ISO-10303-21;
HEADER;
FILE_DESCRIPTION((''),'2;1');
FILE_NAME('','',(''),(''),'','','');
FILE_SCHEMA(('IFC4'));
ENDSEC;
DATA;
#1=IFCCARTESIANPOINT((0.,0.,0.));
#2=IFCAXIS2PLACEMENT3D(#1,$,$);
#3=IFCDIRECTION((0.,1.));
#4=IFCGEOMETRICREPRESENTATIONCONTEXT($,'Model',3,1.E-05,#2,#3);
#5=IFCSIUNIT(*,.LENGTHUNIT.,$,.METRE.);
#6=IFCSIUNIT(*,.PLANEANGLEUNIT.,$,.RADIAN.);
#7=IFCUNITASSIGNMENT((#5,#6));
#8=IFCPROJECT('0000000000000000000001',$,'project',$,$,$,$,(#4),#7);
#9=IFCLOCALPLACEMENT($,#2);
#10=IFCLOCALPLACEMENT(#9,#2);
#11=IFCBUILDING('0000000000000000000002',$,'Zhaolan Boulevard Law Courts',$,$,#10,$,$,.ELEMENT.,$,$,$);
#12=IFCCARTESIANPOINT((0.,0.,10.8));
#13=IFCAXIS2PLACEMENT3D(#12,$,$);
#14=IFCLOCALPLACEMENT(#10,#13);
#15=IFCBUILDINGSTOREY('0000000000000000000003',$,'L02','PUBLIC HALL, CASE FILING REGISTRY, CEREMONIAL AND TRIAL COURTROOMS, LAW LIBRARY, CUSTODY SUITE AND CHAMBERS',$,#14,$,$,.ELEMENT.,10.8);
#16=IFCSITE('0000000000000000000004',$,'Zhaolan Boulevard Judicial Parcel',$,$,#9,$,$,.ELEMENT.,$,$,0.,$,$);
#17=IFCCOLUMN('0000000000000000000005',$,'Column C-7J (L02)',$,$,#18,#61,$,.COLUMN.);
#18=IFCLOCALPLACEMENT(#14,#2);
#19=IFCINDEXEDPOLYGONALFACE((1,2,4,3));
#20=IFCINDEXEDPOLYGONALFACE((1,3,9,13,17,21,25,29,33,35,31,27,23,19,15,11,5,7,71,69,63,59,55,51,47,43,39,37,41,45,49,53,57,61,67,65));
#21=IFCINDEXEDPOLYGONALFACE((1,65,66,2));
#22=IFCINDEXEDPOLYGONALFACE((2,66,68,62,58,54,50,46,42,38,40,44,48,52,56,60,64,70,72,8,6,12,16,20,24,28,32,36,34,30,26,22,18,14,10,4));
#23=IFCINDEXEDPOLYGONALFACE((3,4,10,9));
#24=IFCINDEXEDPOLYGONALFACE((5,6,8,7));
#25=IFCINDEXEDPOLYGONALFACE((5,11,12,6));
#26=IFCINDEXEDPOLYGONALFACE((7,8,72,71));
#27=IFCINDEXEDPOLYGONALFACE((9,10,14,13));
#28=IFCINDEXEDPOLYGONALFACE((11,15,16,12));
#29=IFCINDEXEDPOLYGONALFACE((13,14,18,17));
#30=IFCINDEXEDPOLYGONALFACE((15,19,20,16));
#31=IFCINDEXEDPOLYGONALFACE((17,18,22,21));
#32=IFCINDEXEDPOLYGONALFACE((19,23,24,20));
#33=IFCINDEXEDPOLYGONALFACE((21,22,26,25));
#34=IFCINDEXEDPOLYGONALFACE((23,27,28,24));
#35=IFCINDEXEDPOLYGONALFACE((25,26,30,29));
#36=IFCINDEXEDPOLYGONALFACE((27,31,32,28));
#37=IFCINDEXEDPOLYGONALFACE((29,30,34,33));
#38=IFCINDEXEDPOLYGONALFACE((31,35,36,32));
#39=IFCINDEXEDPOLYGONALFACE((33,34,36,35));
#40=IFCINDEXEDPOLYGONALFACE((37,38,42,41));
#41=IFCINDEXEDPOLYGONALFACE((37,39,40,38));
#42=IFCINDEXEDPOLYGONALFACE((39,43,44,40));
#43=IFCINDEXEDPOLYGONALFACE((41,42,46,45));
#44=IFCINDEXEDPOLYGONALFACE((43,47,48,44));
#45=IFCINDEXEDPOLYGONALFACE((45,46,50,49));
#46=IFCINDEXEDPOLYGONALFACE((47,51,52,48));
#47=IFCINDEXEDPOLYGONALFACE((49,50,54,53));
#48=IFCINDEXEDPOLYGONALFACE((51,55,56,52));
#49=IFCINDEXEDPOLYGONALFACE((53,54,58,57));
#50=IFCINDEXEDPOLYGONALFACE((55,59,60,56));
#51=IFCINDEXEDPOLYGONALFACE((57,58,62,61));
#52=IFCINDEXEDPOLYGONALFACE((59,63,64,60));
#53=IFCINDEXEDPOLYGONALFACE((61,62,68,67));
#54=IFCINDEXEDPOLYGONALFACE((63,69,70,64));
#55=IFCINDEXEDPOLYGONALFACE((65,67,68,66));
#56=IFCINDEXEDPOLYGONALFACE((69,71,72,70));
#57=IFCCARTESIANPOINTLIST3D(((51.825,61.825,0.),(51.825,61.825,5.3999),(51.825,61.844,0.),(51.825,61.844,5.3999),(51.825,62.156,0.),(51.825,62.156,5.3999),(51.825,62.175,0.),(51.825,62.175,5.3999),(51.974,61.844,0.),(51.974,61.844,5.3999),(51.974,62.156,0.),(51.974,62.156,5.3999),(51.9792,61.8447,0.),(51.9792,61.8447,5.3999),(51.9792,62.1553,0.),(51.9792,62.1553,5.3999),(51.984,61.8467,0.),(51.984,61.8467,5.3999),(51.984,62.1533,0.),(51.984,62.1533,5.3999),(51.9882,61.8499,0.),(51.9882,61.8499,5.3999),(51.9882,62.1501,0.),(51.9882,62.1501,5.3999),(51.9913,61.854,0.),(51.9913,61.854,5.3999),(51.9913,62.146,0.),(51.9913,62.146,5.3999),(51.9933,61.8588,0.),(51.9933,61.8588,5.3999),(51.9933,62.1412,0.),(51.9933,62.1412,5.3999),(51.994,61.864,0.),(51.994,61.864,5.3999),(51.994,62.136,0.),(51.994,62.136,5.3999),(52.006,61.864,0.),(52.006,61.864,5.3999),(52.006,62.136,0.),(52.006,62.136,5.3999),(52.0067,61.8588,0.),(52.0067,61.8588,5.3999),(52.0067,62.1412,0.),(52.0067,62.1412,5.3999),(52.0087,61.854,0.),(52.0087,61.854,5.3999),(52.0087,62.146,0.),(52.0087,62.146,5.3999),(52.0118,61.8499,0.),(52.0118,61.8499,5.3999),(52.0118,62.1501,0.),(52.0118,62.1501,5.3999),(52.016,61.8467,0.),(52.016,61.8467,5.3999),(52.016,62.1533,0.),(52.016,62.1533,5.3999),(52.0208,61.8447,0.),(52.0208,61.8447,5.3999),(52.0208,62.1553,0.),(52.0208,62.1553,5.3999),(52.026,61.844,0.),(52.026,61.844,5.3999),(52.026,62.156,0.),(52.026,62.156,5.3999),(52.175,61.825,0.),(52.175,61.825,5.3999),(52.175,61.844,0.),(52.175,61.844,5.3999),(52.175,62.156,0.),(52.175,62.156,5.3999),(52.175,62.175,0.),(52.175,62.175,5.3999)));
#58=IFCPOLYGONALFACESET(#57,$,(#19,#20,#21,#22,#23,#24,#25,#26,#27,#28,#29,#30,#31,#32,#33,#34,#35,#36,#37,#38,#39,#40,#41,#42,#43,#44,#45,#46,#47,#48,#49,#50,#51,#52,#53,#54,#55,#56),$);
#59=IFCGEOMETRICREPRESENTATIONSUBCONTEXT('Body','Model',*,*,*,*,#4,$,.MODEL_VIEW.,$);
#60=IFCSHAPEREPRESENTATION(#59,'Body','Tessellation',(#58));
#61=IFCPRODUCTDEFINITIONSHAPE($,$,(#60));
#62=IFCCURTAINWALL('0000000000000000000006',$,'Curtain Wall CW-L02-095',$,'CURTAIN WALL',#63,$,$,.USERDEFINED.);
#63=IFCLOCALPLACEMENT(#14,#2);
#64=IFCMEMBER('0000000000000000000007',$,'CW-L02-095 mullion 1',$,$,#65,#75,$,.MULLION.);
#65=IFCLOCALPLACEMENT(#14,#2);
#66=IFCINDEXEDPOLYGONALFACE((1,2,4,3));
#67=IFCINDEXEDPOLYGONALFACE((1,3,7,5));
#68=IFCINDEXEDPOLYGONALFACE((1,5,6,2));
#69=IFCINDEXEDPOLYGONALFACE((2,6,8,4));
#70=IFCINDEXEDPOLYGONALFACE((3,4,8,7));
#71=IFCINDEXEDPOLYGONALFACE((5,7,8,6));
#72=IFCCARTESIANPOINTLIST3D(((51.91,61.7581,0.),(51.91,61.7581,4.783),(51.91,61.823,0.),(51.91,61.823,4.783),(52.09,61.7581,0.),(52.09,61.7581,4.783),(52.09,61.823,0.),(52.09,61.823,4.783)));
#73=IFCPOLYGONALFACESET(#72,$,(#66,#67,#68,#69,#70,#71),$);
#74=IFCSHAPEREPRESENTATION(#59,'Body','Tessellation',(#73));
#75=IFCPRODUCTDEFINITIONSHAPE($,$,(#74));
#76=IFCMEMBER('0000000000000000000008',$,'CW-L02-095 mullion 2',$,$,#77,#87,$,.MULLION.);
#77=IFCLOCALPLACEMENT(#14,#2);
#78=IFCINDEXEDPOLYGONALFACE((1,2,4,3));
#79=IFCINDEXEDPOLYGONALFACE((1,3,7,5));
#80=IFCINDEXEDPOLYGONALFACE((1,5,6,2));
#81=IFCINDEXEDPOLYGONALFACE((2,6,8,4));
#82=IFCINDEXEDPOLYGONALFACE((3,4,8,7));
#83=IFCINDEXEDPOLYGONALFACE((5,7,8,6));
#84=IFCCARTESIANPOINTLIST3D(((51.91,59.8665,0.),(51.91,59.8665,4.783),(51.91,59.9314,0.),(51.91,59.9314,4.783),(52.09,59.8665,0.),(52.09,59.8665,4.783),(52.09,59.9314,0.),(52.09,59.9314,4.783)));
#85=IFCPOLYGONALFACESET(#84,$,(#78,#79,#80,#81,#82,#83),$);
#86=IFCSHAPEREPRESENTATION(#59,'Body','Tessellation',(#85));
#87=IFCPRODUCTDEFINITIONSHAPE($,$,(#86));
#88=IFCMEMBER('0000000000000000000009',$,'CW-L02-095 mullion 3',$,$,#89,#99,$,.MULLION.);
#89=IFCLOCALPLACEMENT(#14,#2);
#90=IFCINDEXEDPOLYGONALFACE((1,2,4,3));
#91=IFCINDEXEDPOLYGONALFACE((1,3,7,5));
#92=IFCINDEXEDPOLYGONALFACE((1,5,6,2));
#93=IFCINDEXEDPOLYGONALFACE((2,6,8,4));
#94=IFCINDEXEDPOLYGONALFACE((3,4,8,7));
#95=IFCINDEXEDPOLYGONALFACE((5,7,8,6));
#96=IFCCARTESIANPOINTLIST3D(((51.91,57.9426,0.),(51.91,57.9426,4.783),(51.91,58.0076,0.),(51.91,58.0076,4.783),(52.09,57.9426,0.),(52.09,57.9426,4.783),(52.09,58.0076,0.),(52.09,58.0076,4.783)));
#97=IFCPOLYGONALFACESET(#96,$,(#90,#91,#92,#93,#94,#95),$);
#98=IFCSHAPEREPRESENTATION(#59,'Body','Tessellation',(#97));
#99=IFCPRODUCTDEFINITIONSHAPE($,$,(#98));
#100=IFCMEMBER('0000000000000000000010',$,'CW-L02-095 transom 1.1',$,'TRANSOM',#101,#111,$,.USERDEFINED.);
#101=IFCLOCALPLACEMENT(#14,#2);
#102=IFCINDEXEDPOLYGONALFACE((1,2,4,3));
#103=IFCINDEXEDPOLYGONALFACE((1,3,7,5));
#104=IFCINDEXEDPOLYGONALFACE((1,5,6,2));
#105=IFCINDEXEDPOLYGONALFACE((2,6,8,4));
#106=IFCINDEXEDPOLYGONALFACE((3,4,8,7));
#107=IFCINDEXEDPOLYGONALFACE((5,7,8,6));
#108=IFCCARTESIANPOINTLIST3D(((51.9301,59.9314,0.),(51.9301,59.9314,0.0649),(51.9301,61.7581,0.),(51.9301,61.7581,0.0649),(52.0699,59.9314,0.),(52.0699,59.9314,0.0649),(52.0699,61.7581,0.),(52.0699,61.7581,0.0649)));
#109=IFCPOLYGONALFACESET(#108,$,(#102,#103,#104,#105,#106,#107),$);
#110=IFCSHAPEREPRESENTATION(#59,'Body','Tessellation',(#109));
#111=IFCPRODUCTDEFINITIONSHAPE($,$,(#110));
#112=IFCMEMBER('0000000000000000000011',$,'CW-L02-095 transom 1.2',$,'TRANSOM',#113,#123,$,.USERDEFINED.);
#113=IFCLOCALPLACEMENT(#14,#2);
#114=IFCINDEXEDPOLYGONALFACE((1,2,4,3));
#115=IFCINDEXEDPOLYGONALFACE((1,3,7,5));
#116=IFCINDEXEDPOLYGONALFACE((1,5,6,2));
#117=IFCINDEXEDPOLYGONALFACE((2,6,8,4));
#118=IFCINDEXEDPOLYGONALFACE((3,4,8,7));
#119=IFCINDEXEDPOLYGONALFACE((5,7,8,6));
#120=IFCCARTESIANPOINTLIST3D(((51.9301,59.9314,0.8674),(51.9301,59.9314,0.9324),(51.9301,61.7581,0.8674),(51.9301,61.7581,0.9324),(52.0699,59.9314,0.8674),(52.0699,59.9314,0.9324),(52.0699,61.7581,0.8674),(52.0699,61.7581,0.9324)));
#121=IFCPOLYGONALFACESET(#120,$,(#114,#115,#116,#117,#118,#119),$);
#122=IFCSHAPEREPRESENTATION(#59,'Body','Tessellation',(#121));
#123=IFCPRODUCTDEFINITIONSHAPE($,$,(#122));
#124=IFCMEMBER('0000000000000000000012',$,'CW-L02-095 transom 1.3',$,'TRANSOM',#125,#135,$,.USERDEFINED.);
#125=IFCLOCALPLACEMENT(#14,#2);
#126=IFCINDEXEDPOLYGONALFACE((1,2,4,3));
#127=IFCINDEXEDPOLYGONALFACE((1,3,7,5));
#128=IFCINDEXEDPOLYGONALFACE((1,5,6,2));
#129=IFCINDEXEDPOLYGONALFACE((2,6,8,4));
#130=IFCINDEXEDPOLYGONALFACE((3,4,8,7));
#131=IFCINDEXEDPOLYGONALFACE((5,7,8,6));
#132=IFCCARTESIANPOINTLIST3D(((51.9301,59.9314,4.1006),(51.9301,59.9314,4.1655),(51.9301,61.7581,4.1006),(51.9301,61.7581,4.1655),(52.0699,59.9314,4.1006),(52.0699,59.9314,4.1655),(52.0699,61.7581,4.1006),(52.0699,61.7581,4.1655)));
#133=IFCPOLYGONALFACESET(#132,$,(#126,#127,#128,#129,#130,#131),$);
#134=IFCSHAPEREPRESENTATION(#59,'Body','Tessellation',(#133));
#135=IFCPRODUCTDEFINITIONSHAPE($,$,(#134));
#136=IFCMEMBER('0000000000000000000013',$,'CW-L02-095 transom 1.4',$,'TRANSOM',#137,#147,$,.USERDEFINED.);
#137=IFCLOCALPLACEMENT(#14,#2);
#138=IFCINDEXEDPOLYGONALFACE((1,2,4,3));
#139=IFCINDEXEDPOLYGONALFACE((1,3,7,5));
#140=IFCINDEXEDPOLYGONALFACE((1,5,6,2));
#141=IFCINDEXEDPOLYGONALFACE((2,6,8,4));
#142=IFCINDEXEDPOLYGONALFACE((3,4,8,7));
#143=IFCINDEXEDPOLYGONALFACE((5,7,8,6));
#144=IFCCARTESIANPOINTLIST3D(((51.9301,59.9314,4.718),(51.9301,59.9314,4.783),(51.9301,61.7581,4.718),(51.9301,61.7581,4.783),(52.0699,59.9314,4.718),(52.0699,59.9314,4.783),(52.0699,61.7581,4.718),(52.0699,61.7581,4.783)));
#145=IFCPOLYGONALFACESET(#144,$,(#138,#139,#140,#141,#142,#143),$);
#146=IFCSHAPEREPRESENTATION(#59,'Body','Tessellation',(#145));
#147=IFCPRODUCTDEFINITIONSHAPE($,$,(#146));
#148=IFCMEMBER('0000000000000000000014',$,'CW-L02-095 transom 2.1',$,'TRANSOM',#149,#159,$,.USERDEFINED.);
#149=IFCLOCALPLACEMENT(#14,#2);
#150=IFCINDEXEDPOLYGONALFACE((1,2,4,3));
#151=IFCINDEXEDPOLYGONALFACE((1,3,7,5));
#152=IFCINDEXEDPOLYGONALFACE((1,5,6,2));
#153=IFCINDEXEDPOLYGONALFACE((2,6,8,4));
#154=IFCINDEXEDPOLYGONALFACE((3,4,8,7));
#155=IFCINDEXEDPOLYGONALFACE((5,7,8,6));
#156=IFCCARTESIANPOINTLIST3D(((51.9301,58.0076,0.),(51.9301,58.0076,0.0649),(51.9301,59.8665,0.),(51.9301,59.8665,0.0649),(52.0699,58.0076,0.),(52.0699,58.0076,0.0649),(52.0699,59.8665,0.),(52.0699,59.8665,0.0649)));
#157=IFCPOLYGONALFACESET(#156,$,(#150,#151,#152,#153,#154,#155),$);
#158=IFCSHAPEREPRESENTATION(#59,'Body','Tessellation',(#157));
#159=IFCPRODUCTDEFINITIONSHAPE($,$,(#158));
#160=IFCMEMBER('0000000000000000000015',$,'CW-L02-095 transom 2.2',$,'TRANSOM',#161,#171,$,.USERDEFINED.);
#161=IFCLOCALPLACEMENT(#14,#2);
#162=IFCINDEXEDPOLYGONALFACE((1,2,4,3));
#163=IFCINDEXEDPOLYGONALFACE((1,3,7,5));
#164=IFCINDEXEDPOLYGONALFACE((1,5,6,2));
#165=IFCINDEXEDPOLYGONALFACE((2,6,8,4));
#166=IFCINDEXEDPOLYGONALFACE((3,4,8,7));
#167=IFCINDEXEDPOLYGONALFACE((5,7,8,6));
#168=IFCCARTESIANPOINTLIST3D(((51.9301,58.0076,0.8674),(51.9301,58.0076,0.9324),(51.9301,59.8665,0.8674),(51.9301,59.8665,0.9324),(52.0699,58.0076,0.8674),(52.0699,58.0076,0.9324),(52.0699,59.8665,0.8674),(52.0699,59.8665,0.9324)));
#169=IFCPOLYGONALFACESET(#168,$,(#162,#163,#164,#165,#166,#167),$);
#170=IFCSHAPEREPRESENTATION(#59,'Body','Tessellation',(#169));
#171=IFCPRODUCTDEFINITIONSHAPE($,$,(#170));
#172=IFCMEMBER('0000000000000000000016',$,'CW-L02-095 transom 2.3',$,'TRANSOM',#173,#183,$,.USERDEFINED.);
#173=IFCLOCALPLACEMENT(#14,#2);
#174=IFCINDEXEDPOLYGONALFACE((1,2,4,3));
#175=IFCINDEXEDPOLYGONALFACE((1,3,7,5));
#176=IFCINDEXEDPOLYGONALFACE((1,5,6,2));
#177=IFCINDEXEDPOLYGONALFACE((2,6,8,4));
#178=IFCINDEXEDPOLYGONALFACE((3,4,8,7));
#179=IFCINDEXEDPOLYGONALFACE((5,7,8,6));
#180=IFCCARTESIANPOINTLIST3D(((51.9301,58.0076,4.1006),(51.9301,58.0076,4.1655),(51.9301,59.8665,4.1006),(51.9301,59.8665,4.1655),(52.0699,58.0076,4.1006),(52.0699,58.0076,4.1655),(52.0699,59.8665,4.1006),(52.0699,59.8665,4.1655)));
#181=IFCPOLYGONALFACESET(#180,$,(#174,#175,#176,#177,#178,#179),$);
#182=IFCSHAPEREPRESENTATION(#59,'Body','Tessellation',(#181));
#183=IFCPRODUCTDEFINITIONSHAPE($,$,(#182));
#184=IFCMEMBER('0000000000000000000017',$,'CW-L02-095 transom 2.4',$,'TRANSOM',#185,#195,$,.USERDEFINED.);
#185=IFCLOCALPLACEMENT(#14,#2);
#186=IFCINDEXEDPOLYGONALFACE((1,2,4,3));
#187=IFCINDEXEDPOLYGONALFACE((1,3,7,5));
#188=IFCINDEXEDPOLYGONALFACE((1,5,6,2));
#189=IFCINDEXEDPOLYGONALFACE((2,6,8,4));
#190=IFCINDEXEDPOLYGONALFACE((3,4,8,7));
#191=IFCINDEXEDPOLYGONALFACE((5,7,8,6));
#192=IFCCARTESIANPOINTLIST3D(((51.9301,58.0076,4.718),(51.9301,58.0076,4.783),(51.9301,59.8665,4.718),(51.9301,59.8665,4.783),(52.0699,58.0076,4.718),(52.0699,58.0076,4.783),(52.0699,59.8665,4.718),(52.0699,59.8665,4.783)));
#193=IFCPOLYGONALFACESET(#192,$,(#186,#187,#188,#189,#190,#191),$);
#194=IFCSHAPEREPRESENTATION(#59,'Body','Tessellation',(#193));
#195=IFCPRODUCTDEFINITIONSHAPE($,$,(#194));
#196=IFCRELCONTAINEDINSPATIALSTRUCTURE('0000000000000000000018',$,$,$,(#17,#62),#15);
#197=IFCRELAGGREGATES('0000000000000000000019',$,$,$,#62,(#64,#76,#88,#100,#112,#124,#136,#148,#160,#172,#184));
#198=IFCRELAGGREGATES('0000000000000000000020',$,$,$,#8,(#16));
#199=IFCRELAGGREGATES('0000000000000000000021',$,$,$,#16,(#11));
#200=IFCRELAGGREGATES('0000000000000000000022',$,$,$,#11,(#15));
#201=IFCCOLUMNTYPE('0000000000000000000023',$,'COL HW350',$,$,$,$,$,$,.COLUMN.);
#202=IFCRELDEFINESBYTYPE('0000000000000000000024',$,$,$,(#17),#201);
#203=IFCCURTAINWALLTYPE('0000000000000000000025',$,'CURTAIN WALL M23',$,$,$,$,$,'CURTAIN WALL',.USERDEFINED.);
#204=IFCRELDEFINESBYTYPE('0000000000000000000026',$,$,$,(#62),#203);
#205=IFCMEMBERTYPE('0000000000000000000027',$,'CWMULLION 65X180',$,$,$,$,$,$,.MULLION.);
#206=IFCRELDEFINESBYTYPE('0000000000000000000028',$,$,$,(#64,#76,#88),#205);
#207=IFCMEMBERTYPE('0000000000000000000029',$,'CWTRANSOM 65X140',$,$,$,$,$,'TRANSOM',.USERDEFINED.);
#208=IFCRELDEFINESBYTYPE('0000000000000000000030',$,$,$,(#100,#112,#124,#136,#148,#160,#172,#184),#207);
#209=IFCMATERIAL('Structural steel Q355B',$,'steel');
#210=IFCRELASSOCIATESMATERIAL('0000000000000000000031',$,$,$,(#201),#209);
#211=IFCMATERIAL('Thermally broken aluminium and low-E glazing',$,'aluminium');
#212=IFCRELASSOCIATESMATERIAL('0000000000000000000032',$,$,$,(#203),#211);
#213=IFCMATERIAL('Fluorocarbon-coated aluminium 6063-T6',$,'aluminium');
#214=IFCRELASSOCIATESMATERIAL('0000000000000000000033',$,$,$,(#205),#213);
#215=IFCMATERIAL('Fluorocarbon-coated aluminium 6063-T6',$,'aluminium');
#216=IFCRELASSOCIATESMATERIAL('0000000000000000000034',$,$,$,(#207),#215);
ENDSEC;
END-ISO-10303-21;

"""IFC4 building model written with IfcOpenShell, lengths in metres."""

from ifc_helpers import new_model, si_unit, direction, frame, origin, origin_2d, place, context, subcontext, project, spatial, rectangle, i_section, extrude, material, material_profile, profile_set, type_object, element, aggregate, save


model = new_model("IFC4")

# Units and contexts
model_context = context("Model", 3, precision=1e-05, world=origin(), true_north=direction((0.0, 1.0)))
body_context = subcontext(model_context, "Body", "Model", "MODEL_VIEW")
ifc_project = project(units=[si_unit("LENGTHUNIT", "METRE"), si_unit("PLANEANGLEUNIT", "RADIAN")], contexts=[model_context])

# Site, building, storey
site_placement = place(None, origin())
site = spatial("IfcSite", under=ifc_project, at=site_placement, Name="Zhaolan Boulevard Judicial Parcel", CompositionType="ELEMENT", RefElevation=0.0)
building_placement = place(site_placement, origin())
building = spatial("IfcBuilding", under=site, at=building_placement, Name="Zhaolan Boulevard Law Courts", CompositionType="ELEMENT")
storey_placement = place(building_placement, frame((0.0, 0.0, 10.8)))
storey = spatial("IfcBuildingStorey", under=building, at=storey_placement, Name="L02", Description="PUBLIC HALL, CASE FILING REGISTRY, CEREMONIAL AND TRIAL COURTROOMS, LAW LIBRARY, CUSTODY SUITE AND CHAMBERS", CompositionType="ELEMENT", Elevation=10.8)

# Column
ifc_material_1 = material(Name="Structural steel Q355B", Category="steel")
ifc_material_profile_1 = material_profile(ifc_material_1, i_section(OverallWidth=0.3501, OverallDepth=0.3501, WebThickness=0.012, FlangeThickness=0.019, FilletRadius=0.02, at=origin_2d()), Name="HW350x350")
ifc_profile_set_1 = profile_set([ifc_material_profile_1], Name="Structural steel Q355B")
column_type = type_object("IfcColumnType", Name="COL HW350", PredefinedType="COLUMN", material=ifc_profile_set_1)
column_placement = place(storey_placement, frame((52.0, 62.0, 0.0), z_axis=(0.0, 0.0, 1.0), x_axis=(1.0, 0.0, 0.0)))
element("IfcColumn", 1, at=column_placement, inside=storey, type_object=column_type, Name="Column C-7J (L02)", PredefinedType="COLUMN", context=body_context, shape_type="SweptSolid", body=[
    extrude(i_section(OverallWidth=0.3501, OverallDepth=0.3501, WebThickness=0.012, FlangeThickness=0.019, FilletRadius=0.02, at=origin_2d()), origin(), (0.0, 0.0, 1.0), 5.3999),
])

# Curtain wall, members
ifc_material_2 = material(Name="Thermally broken aluminium and low-E glazing", Category="aluminium")
curtain_wall_type = type_object("IfcCurtainWallType", Name="CURTAIN WALL M23", ElementType="CURTAIN WALL", PredefinedType="USERDEFINED", material=ifc_material_2)
curtain_wall_placement = place(storey_placement, origin())
curtain_wall = element("IfcCurtainWall", 2, at=curtain_wall_placement, inside=storey, type_object=curtain_wall_type, Name="Curtain Wall CW-L02-095", ObjectType="CURTAIN WALL", PredefinedType="USERDEFINED")
ifc_material_3 = material(Name="Fluorocarbon-coated aluminium 6063-T6", Category="aluminium")
ifc_material_profile_2 = material_profile(ifc_material_3, rectangle(XDim=0.1799, YDim=0.0649, at=origin_2d()), Name="AL65x180")
ifc_profile_set_2 = profile_set([ifc_material_profile_2], Name="Fluorocarbon-coated aluminium 6063-T6")
member_type_1 = type_object("IfcMemberType", Name="CWMULLION 65X180", PredefinedType="MULLION", material=ifc_profile_set_2)
member_1_placement = place(storey_placement, frame((52.0, 61.7905, 0.0), z_axis=(0.0, 0.0, 1.0), x_axis=(1.0, 0.0, 0.0)))
member_1 = element("IfcMember", 3, at=member_1_placement, type_object=member_type_1, Name="CW-L02-095 mullion 1", PredefinedType="MULLION", context=body_context, shape_type="SweptSolid", body=[
    extrude(rectangle(XDim=0.1799, YDim=0.0649, at=origin_2d()), origin(), (0.0, 0.0, 1.0), 4.783),
])
member_2_placement = place(storey_placement, frame((52.0, 59.8989, 0.0), z_axis=(0.0, 0.0, 1.0), x_axis=(1.0, 0.0, 0.0)))
member_2 = element("IfcMember", 4, at=member_2_placement, type_object=member_type_1, Name="CW-L02-095 mullion 2", PredefinedType="MULLION", context=body_context, shape_type="SweptSolid", body=[
    extrude(rectangle(XDim=0.1799, YDim=0.0649, at=origin_2d()), origin(), (0.0, 0.0, 1.0), 4.783),
])
member_3_placement = place(storey_placement, frame((52.0, 57.9751, 0.0), z_axis=(0.0, 0.0, 1.0), x_axis=(1.0, 0.0, 0.0)))
member_3 = element("IfcMember", 5, at=member_3_placement, type_object=member_type_1, Name="CW-L02-095 mullion 3", PredefinedType="MULLION", context=body_context, shape_type="SweptSolid", body=[
    extrude(rectangle(XDim=0.1799, YDim=0.0649, at=origin_2d()), origin(), (0.0, 0.0, 1.0), 4.783),
])
ifc_material_4 = material(Name="Fluorocarbon-coated aluminium 6063-T6", Category="aluminium")
ifc_material_profile_3 = material_profile(ifc_material_4, rectangle(XDim=0.1399, YDim=0.0649, at=origin_2d()), Name="AL65x140")
ifc_profile_set_3 = profile_set([ifc_material_profile_3], Name="Fluorocarbon-coated aluminium 6063-T6")
member_type_2 = type_object("IfcMemberType", Name="CWTRANSOM 65X140", ElementType="TRANSOM", PredefinedType="USERDEFINED", material=ifc_profile_set_3)
member_4_placement = place(storey_placement, frame((52.0, 61.7581, 0.0325), z_axis=(0.0, -1.0, 0.0), x_axis=(1.0, 0.0, 0.0)))
member_4 = element("IfcMember", 6, at=member_4_placement, type_object=member_type_2, Name="CW-L02-095 transom 1.1", ObjectType="TRANSOM", PredefinedType="USERDEFINED", context=body_context, shape_type="SweptSolid", body=[
    extrude(rectangle(XDim=0.1399, YDim=0.0649, at=origin_2d()), origin(), (0.0, 0.0, 1.0), 1.8267),
])
member_5_placement = place(storey_placement, frame((52.0, 61.7581, 0.8999), z_axis=(0.0, -1.0, 0.0), x_axis=(1.0, 0.0, 0.0)))
member_5 = element("IfcMember", 7, at=member_5_placement, type_object=member_type_2, Name="CW-L02-095 transom 1.2", ObjectType="TRANSOM", PredefinedType="USERDEFINED", context=body_context, shape_type="SweptSolid", body=[
    extrude(rectangle(XDim=0.1399, YDim=0.0649, at=origin_2d()), origin(), (0.0, 0.0, 1.0), 1.8267),
])
member_6_placement = place(storey_placement, frame((52.0, 61.7581, 4.1331), z_axis=(0.0, -1.0, 0.0), x_axis=(1.0, 0.0, 0.0)))
member_6 = element("IfcMember", 8, at=member_6_placement, type_object=member_type_2, Name="CW-L02-095 transom 1.3", ObjectType="TRANSOM", PredefinedType="USERDEFINED", context=body_context, shape_type="SweptSolid", body=[
    extrude(rectangle(XDim=0.1399, YDim=0.0649, at=origin_2d()), origin(), (0.0, 0.0, 1.0), 1.8267),
])
member_7_placement = place(storey_placement, frame((52.0, 61.7581, 4.7505), z_axis=(0.0, -1.0, 0.0), x_axis=(1.0, 0.0, 0.0)))
member_7 = element("IfcMember", 9, at=member_7_placement, type_object=member_type_2, Name="CW-L02-095 transom 1.4", ObjectType="TRANSOM", PredefinedType="USERDEFINED", context=body_context, shape_type="SweptSolid", body=[
    extrude(rectangle(XDim=0.1399, YDim=0.0649, at=origin_2d()), origin(), (0.0, 0.0, 1.0), 1.8267),
])
member_8_placement = place(storey_placement, frame((52.0, 59.8665, 0.0325), z_axis=(0.0, -1.0, 0.0), x_axis=(1.0, 0.0, 0.0)))
member_8 = element("IfcMember", 10, at=member_8_placement, type_object=member_type_2, Name="CW-L02-095 transom 2.1", ObjectType="TRANSOM", PredefinedType="USERDEFINED", context=body_context, shape_type="SweptSolid", body=[
    extrude(rectangle(XDim=0.1399, YDim=0.0649, at=origin_2d()), origin(), (0.0, 0.0, 1.0), 1.8589),
])
member_9_placement = place(storey_placement, frame((52.0, 59.8665, 0.8999), z_axis=(0.0, -1.0, 0.0), x_axis=(1.0, 0.0, 0.0)))
member_9 = element("IfcMember", 11, at=member_9_placement, type_object=member_type_2, Name="CW-L02-095 transom 2.2", ObjectType="TRANSOM", PredefinedType="USERDEFINED", context=body_context, shape_type="SweptSolid", body=[
    extrude(rectangle(XDim=0.1399, YDim=0.0649, at=origin_2d()), origin(), (0.0, 0.0, 1.0), 1.8589),
])
member_10_placement = place(storey_placement, frame((52.0, 59.8665, 4.1331), z_axis=(0.0, -1.0, 0.0), x_axis=(1.0, 0.0, 0.0)))
member_10 = element("IfcMember", 12, at=member_10_placement, type_object=member_type_2, Name="CW-L02-095 transom 2.3", ObjectType="TRANSOM", PredefinedType="USERDEFINED", context=body_context, shape_type="SweptSolid", body=[
    extrude(rectangle(XDim=0.1399, YDim=0.0649, at=origin_2d()), origin(), (0.0, 0.0, 1.0), 1.8589),
])
member_11_placement = place(storey_placement, frame((52.0, 59.8665, 4.7505), z_axis=(0.0, -1.0, 0.0), x_axis=(1.0, 0.0, 0.0)))
member_11 = element("IfcMember", 13, at=member_11_placement, type_object=member_type_2, Name="CW-L02-095 transom 2.4", ObjectType="TRANSOM", PredefinedType="USERDEFINED", context=body_context, shape_type="SweptSolid", body=[
    extrude(rectangle(XDim=0.1399, YDim=0.0649, at=origin_2d()), origin(), (0.0, 0.0, 1.0), 1.8589),
])

aggregate(curtain_wall, [member_1, member_2, member_3, member_4, member_5, member_6, member_7, member_8, member_9, member_10, member_11])

save(model, "model.ifc")
